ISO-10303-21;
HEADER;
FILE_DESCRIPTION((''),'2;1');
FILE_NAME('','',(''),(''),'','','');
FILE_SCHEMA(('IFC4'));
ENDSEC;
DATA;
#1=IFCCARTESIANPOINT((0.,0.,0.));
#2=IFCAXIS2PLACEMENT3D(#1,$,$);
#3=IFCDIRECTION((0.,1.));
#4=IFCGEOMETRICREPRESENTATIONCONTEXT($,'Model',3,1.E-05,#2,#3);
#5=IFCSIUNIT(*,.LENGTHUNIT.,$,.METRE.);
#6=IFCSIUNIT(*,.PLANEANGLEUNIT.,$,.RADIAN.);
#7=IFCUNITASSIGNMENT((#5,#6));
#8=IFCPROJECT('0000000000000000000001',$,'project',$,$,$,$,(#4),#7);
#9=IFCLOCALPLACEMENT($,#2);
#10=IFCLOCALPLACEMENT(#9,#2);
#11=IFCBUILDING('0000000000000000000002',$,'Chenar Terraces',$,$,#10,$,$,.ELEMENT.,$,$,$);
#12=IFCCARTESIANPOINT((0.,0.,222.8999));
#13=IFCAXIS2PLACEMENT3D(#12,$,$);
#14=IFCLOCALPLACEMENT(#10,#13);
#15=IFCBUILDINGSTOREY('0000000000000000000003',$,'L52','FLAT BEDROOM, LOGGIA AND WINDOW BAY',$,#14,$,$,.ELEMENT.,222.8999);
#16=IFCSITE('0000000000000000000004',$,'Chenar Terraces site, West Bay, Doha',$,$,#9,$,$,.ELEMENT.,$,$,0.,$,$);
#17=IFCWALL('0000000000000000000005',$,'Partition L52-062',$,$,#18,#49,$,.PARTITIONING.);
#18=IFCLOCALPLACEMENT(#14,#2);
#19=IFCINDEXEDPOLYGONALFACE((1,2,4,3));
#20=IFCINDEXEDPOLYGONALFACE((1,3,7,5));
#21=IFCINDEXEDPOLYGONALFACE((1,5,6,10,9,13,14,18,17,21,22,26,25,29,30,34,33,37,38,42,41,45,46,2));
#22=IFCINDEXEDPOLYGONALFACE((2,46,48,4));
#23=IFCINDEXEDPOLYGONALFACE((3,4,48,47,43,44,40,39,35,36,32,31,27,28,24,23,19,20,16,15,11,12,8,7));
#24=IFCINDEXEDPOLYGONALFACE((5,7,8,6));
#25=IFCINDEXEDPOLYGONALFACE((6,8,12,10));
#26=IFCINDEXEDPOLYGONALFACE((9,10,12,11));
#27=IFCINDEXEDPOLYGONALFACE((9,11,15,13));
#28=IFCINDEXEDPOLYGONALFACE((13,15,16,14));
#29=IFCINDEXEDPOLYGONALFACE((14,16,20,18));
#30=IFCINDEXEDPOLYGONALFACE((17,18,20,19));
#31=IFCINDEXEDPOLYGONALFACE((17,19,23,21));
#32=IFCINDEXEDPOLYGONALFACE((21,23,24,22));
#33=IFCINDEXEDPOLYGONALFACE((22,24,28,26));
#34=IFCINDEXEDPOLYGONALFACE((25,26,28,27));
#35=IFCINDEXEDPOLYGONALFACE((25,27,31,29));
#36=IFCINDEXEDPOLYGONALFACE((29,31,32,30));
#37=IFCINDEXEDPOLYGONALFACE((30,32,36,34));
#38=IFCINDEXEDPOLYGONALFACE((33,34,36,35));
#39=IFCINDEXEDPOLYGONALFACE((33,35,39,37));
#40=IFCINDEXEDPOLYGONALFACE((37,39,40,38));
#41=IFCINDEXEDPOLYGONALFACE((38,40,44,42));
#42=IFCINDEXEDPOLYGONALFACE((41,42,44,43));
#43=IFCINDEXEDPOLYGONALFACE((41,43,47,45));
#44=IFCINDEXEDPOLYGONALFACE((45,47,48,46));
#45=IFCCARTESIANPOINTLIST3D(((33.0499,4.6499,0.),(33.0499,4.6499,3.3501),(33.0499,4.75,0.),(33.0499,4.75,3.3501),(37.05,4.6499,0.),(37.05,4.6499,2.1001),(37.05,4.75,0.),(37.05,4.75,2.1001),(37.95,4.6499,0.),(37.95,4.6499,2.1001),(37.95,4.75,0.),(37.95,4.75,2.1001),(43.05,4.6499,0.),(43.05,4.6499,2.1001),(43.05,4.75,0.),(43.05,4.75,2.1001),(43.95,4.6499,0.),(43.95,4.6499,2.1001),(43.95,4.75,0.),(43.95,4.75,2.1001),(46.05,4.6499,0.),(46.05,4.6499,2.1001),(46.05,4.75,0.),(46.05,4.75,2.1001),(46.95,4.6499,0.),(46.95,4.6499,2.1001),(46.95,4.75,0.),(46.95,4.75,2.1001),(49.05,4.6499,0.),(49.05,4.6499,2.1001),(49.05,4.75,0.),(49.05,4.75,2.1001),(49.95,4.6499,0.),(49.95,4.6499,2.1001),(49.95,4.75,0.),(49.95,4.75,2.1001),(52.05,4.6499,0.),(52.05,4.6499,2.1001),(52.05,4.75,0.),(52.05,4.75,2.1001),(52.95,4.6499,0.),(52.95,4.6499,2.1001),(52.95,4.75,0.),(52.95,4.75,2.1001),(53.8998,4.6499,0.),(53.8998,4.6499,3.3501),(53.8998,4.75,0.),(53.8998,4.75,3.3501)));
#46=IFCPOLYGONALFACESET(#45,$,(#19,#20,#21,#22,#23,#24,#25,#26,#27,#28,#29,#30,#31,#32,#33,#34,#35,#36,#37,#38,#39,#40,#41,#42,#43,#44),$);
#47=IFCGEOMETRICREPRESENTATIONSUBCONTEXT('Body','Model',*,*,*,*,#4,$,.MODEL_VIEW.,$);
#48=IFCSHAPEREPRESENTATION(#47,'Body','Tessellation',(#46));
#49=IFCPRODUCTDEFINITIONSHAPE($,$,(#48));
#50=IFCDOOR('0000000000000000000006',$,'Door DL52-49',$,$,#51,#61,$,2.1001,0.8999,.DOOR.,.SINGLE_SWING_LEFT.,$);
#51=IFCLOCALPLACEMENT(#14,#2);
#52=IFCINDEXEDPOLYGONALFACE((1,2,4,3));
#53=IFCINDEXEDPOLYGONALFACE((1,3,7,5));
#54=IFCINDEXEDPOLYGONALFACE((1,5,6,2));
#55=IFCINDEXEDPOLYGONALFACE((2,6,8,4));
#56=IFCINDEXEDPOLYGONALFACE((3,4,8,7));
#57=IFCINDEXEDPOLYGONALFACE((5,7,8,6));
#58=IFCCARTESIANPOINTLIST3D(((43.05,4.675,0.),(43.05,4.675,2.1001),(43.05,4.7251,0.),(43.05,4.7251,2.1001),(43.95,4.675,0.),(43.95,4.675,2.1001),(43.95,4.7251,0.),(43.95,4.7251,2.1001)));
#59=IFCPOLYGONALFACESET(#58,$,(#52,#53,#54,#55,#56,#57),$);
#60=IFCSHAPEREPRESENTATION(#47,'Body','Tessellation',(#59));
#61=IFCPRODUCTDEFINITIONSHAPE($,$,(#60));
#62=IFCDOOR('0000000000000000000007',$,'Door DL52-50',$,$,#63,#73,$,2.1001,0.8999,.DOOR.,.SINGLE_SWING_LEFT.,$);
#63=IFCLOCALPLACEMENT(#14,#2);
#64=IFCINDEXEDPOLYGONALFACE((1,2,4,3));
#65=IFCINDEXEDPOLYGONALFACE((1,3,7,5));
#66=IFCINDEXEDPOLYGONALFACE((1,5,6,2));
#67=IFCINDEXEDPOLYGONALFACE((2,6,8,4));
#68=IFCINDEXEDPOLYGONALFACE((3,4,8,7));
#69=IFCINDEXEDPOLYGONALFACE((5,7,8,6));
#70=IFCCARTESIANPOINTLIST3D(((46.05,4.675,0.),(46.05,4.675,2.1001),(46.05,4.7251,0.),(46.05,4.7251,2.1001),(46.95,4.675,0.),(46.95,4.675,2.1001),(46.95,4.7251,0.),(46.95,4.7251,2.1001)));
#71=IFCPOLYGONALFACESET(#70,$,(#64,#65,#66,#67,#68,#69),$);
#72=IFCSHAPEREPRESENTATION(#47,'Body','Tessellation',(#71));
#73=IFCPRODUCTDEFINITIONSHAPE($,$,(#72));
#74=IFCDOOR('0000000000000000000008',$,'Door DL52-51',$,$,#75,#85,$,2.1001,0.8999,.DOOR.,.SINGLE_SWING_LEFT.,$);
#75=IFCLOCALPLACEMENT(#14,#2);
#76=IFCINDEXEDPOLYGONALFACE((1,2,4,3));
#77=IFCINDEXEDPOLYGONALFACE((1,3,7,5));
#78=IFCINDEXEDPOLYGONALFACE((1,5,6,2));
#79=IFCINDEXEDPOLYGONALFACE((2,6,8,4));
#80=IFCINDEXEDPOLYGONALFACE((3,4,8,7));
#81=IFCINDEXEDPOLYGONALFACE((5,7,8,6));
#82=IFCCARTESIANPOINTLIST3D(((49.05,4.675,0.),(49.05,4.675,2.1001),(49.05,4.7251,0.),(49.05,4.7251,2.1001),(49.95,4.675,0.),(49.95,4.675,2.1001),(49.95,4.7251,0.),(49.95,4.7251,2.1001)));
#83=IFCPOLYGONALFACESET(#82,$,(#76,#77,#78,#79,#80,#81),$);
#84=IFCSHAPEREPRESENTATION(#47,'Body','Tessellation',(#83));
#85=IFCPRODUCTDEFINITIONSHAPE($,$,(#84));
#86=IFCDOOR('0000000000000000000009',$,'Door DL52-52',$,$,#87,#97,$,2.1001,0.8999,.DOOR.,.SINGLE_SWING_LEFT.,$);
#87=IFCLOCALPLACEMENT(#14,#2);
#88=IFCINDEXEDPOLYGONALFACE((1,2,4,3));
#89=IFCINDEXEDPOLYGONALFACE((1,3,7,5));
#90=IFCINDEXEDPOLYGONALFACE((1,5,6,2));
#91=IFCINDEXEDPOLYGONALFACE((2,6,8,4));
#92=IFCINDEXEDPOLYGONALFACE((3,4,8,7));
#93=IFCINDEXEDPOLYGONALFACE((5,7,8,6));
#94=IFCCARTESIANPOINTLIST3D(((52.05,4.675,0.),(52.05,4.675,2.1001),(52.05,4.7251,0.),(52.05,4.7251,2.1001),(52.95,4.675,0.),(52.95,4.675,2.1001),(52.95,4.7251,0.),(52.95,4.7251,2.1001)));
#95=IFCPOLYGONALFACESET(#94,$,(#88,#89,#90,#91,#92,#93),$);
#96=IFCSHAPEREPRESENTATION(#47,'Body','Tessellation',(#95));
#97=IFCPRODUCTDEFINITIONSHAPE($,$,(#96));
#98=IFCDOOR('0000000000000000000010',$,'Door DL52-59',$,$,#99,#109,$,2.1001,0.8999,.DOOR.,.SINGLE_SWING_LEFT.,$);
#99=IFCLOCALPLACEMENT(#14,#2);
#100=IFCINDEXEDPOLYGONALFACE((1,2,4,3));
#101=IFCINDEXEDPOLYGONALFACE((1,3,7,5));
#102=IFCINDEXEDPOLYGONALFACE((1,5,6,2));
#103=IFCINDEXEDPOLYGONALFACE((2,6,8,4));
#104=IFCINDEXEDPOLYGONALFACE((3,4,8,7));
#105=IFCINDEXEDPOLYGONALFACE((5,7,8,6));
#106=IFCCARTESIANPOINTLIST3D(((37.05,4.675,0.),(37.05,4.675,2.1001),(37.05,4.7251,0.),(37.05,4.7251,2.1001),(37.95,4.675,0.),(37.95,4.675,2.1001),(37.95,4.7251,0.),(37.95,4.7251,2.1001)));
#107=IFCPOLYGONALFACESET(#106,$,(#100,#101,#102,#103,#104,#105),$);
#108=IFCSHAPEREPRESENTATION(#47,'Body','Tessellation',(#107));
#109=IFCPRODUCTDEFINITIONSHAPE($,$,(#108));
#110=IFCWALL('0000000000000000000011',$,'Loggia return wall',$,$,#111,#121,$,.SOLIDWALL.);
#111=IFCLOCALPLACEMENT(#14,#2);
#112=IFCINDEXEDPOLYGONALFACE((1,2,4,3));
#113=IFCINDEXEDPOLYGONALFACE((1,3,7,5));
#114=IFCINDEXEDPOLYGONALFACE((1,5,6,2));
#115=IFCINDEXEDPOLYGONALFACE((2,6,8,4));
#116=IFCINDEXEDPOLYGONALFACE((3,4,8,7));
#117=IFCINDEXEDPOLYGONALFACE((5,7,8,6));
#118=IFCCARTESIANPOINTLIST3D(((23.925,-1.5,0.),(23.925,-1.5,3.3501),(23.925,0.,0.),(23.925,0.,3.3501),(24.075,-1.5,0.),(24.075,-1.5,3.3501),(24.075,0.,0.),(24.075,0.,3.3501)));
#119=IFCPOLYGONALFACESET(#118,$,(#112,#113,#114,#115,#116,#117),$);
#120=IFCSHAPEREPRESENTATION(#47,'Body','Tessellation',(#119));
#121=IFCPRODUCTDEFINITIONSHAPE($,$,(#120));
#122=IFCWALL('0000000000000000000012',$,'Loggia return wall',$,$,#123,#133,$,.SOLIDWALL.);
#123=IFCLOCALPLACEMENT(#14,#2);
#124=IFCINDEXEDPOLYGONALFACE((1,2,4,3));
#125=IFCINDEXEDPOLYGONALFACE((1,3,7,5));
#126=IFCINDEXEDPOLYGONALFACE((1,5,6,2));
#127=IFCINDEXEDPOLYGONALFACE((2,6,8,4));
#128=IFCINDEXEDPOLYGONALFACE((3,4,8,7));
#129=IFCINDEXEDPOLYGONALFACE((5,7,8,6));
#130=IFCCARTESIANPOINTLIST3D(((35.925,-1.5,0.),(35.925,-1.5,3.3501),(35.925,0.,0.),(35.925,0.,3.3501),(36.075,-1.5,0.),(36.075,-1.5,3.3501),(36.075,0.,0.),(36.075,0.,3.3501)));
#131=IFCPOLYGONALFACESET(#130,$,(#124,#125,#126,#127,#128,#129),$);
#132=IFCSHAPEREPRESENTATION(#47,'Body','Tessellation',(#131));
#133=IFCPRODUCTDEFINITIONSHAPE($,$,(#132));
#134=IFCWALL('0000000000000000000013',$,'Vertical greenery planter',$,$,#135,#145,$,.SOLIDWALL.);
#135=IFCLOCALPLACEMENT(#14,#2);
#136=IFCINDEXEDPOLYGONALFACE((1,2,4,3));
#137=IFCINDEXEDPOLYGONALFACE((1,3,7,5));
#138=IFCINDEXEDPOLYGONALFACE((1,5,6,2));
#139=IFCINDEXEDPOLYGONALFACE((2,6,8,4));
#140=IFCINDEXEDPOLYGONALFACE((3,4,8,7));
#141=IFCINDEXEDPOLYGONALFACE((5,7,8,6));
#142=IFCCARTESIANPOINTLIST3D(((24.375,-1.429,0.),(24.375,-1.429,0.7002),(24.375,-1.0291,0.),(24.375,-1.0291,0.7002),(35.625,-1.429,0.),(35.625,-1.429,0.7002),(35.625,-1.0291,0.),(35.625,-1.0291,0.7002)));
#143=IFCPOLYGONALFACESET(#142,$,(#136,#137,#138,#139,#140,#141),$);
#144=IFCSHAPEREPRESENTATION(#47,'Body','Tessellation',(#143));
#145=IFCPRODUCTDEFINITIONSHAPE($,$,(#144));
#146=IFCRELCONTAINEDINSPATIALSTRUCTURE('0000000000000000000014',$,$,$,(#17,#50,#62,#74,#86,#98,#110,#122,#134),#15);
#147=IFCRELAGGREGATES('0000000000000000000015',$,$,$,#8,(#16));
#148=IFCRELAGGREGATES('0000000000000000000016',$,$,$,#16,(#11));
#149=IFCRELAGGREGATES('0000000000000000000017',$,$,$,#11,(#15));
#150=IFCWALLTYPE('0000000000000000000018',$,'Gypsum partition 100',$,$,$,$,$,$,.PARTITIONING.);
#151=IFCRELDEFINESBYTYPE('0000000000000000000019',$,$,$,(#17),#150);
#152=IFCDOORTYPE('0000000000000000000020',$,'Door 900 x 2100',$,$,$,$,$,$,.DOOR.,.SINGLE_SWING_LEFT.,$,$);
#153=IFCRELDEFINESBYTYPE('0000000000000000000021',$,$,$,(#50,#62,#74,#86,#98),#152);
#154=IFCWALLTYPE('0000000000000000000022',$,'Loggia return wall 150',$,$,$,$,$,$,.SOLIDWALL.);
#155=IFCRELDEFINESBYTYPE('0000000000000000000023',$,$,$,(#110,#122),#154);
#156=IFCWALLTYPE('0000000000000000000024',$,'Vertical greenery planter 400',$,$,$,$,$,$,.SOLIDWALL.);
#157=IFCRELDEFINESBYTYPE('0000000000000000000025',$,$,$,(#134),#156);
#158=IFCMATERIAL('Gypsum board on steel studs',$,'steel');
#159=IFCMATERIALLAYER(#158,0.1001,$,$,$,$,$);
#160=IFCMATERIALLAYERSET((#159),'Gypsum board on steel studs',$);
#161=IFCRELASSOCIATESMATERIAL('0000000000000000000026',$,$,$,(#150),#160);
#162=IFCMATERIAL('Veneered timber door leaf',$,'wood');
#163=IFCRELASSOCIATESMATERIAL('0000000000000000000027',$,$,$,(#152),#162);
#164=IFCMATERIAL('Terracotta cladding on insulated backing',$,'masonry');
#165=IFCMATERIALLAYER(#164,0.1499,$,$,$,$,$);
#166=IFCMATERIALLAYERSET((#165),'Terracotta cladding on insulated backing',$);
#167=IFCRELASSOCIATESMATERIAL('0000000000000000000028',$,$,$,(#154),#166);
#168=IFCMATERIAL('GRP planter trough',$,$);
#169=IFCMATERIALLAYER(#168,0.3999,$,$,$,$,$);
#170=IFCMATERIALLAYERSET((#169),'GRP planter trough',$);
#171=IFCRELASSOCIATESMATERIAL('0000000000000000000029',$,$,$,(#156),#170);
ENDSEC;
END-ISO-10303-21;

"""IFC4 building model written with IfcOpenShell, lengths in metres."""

from ifc_helpers import new_model, si_unit, direction, frame, frame_2d, origin, place, context, subcontext, project, spatial, rectangle, extrude, material, layer, layer_set, type_object, element, fill, save


model = new_model("IFC4")

# Units and contexts
model_context = context("Model", 3, precision=1e-05, world=origin(), true_north=direction((0.0, 1.0)))
body_context = subcontext(model_context, "Body", "Model", "MODEL_VIEW")
ifc_project = project(units=[si_unit("LENGTHUNIT", "METRE"), si_unit("PLANEANGLEUNIT", "RADIAN")], contexts=[model_context])

# Site, building, storey
site_placement = place(None, origin())
site = spatial("IfcSite", under=ifc_project, at=site_placement, Name="Chenar Terraces site, West Bay, Doha", CompositionType="ELEMENT", RefElevation=0.0)
building_placement = place(site_placement, origin())
building = spatial("IfcBuilding", under=site, at=building_placement, Name="Chenar Terraces", CompositionType="ELEMENT")
storey_placement = place(building_placement, frame((0.0, 0.0, 222.8999)))
storey = spatial("IfcBuildingStorey", under=building, at=storey_placement, Name="L52", Description="FLAT BEDROOM, LOGGIA AND WINDOW BAY", CompositionType="ELEMENT", Elevation=222.8999)

# Shared definitions
ifc_material_1 = material(Name="Gypsum board on steel studs", Category="steel")
ifc_layer_1 = layer(ifc_material_1, 0.1001)
ifc_layer_set_1 = layer_set([ifc_layer_1], Name="Gypsum board on steel studs")
wall_type_1 = type_object("IfcWallType", Name="Gypsum partition 100", PredefinedType="PARTITIONING", material=ifc_layer_set_1)

# Shared definitions
ifc_material_2 = material(Name="Veneered timber door leaf", Category="wood")
door_type_1 = type_object("IfcDoorType", Name="Door 900 x 2100", OperationType="SINGLE_SWING_LEFT", PredefinedType="DOOR", material=ifc_material_2)

# Wall, openings, doors
wall_1_placement = place(storey_placement, frame((33.05, 4.7, 0.0), z_axis=(0.0, 0.0, 1.0), x_axis=(1.0, 0.0, 0.0)))
wall_1 = element("IfcWall", 1, at=wall_1_placement, inside=storey, type_object=wall_type_1, Name="Partition L52-062", PredefinedType="PARTITIONING", context=body_context, shape_type="SweptSolid", body=[
    extrude(rectangle(XDim=20.8499, YDim=0.1001, at=frame_2d((10.4248, 0.0))), origin(), (0.0, 0.0, 1.0), 3.3501),
])
opening_1_placement = place(wall_1_placement, frame((10.0, 0.0, 0.0)))
opening_1 = element("IfcOpeningElement", 2, at=opening_1_placement, cuts=wall_1, PredefinedType="OPENING", context=body_context, shape_type="SweptSolid", body=[
    extrude(rectangle(XDim=0.8999, YDim=2.1001, at=frame_2d((0.45, 1.05))), frame((0.0, 0.0601, 0.0), z_axis=(0.0, -1.0, 0.0), x_axis=(1.0, 0.0, 0.0)), (0.0, 0.0, 1.0), 0.1201),
])
opening_2_placement = place(wall_1_placement, frame((13.0, 0.0, 0.0)))
opening_2 = element("IfcOpeningElement", 3, at=opening_2_placement, cuts=wall_1, PredefinedType="OPENING", context=body_context, shape_type="SweptSolid", body=[
    extrude(rectangle(XDim=0.8999, YDim=2.1001, at=frame_2d((0.45, 1.05))), frame((0.0, 0.0601, 0.0), z_axis=(0.0, -1.0, 0.0), x_axis=(1.0, 0.0, 0.0)), (0.0, 0.0, 1.0), 0.1201),
])
opening_3_placement = place(wall_1_placement, frame((16.0, 0.0, 0.0)))
opening_3 = element("IfcOpeningElement", 4, at=opening_3_placement, cuts=wall_1, PredefinedType="OPENING", context=body_context, shape_type="SweptSolid", body=[
    extrude(rectangle(XDim=0.8999, YDim=2.1001, at=frame_2d((0.45, 1.05))), frame((0.0, 0.0601, 0.0), z_axis=(0.0, -1.0, 0.0), x_axis=(1.0, 0.0, 0.0)), (0.0, 0.0, 1.0), 0.1201),
])
opening_4_placement = place(wall_1_placement, frame((19.0, 0.0, 0.0)))
opening_4 = element("IfcOpeningElement", 5, at=opening_4_placement, cuts=wall_1, PredefinedType="OPENING", context=body_context, shape_type="SweptSolid", body=[
    extrude(rectangle(XDim=0.8999, YDim=2.1001, at=frame_2d((0.45, 1.05))), frame((0.0, 0.0601, 0.0), z_axis=(0.0, -1.0, 0.0), x_axis=(1.0, 0.0, 0.0)), (0.0, 0.0, 1.0), 0.1201),
])
opening_5_placement = place(wall_1_placement, frame((4.0, 0.0, 0.0)))
opening_5 = element("IfcOpeningElement", 6, at=opening_5_placement, cuts=wall_1, PredefinedType="OPENING", context=body_context, shape_type="SweptSolid", body=[
    extrude(rectangle(XDim=0.8999, YDim=2.1001, at=frame_2d((0.45, 1.05))), frame((0.0, 0.0601, 0.0), z_axis=(0.0, -1.0, 0.0), x_axis=(1.0, 0.0, 0.0)), (0.0, 0.0, 1.0), 0.1201),
])
door_1_placement = place(opening_1_placement, frame((0.8999, 0.0, 0.0), z_axis=(0.0, 0.0, 1.0), x_axis=(-1.0, 0.0, 0.0)))
door_1 = element("IfcDoor", 7, at=door_1_placement, inside=storey, type_object=door_type_1, Name="Door DL52-49", OperationType="SINGLE_SWING_LEFT", OverallHeight=2.1001, OverallWidth=0.8999, PredefinedType="DOOR", context=body_context, shape_type="SweptSolid", body=[
    extrude(rectangle(XDim=0.8999, YDim=2.1001, at=frame_2d((0.45, 1.05))), frame((0.0, 0.0249, 0.0), z_axis=(0.0, -1.0, 0.0), x_axis=(1.0, 0.0, 0.0)), (0.0, 0.0, 1.0), 0.05),
])
fill(opening_1, door_1)
door_2_placement = place(opening_2_placement, frame((0.8999, 0.0, 0.0), z_axis=(0.0, 0.0, 1.0), x_axis=(-1.0, 0.0, 0.0)))
door_2 = element("IfcDoor", 8, at=door_2_placement, inside=storey, type_object=door_type_1, Name="Door DL52-50", OperationType="SINGLE_SWING_LEFT", OverallHeight=2.1001, OverallWidth=0.8999, PredefinedType="DOOR", context=body_context, shape_type="SweptSolid", body=[
    extrude(rectangle(XDim=0.8999, YDim=2.1001, at=frame_2d((0.45, 1.05))), frame((0.0, 0.0249, 0.0), z_axis=(0.0, -1.0, 0.0), x_axis=(1.0, 0.0, 0.0)), (0.0, 0.0, 1.0), 0.05),
])
fill(opening_2, door_2)
door_3_placement = place(opening_3_placement, frame((0.8999, 0.0, 0.0), z_axis=(0.0, 0.0, 1.0), x_axis=(-1.0, 0.0, 0.0)))
door_3 = element("IfcDoor", 9, at=door_3_placement, inside=storey, type_object=door_type_1, Name="Door DL52-51", OperationType="SINGLE_SWING_LEFT", OverallHeight=2.1001, OverallWidth=0.8999, PredefinedType="DOOR", context=body_context, shape_type="SweptSolid", body=[
    extrude(rectangle(XDim=0.8999, YDim=2.1001, at=frame_2d((0.45, 1.05))), frame((0.0, 0.0249, 0.0), z_axis=(0.0, -1.0, 0.0), x_axis=(1.0, 0.0, 0.0)), (0.0, 0.0, 1.0), 0.05),
])
fill(opening_3, door_3)
door_4_placement = place(opening_4_placement, frame((0.8999, 0.0, 0.0), z_axis=(0.0, 0.0, 1.0), x_axis=(-1.0, 0.0, 0.0)))
door_4 = element("IfcDoor", 10, at=door_4_placement, inside=storey, type_object=door_type_1, Name="Door DL52-52", OperationType="SINGLE_SWING_LEFT", OverallHeight=2.1001, OverallWidth=0.8999, PredefinedType="DOOR", context=body_context, shape_type="SweptSolid", body=[
    extrude(rectangle(XDim=0.8999, YDim=2.1001, at=frame_2d((0.45, 1.05))), frame((0.0, 0.0249, 0.0), z_axis=(0.0, -1.0, 0.0), x_axis=(1.0, 0.0, 0.0)), (0.0, 0.0, 1.0), 0.05),
])
fill(opening_4, door_4)
door_5_placement = place(opening_5_placement, frame((0.8999, 0.0, 0.0), z_axis=(0.0, 0.0, 1.0), x_axis=(-1.0, 0.0, 0.0)))
door_5 = element("IfcDoor", 11, at=door_5_placement, inside=storey, type_object=door_type_1, Name="Door DL52-59", OperationType="SINGLE_SWING_LEFT", OverallHeight=2.1001, OverallWidth=0.8999, PredefinedType="DOOR", context=body_context, shape_type="SweptSolid", body=[
    extrude(rectangle(XDim=0.8999, YDim=2.1001, at=frame_2d((0.45, 1.05))), frame((0.0, 0.0249, 0.0), z_axis=(0.0, -1.0, 0.0), x_axis=(1.0, 0.0, 0.0)), (0.0, 0.0, 1.0), 0.05),
])
fill(opening_5, door_5)

# Walls
ifc_material_3 = material(Name="Terracotta cladding on insulated backing", Category="masonry")
ifc_layer_2 = layer(ifc_material_3, 0.1499)
ifc_layer_set_2 = layer_set([ifc_layer_2], Name="Terracotta cladding on insulated backing")
wall_type_2 = type_object("IfcWallType", Name="Loggia return wall 150", PredefinedType="SOLIDWALL", material=ifc_layer_set_2)
for number, where, z_axis, x_axis, name in (
    (12, (24.0, -1.5, 0.0), (0.0, 0.0, 1.0), (0.0, 1.0, 0.0), "Loggia return wall"),
    (13, (36.0, -1.5, 0.0), (0.0, 0.0, 1.0), (0.0, 1.0, 0.0), "Loggia return wall"),
):
    element("IfcWall", number, at=place(storey_placement, frame(where, z_axis=z_axis, x_axis=x_axis)), inside=storey, type_object=wall_type_2, Name=name, PredefinedType="SOLIDWALL", context=body_context, shape_type="SweptSolid", body=[
        extrude(rectangle(XDim=1.5, YDim=0.1499, at=frame_2d((0.75, 0.0))), origin(), (0.0, 0.0, 1.0), 3.3501),
    ])
ifc_material_4 = material(Name="GRP planter trough")
ifc_layer_3 = layer(ifc_material_4, 0.3999)
ifc_layer_set_3 = layer_set([ifc_layer_3], Name="GRP planter trough")
wall_type_3 = type_object("IfcWallType", Name="Vertical greenery planter 400", PredefinedType="SOLIDWALL", material=ifc_layer_set_3)
wall_2_placement = place(storey_placement, frame((24.375, -1.229, 0.0), z_axis=(0.0, 0.0, 1.0), x_axis=(1.0, 0.0, 0.0)))
element("IfcWall", 14, at=wall_2_placement, inside=storey, type_object=wall_type_3, Name="Vertical greenery planter", PredefinedType="SOLIDWALL", context=body_context, shape_type="SweptSolid", body=[
    extrude(rectangle(XDim=11.25, YDim=0.3999, at=frame_2d((5.625, 0.0))), origin(), (0.0, 0.0, 1.0), 0.7002),
])

save(model, "model.ifc")
